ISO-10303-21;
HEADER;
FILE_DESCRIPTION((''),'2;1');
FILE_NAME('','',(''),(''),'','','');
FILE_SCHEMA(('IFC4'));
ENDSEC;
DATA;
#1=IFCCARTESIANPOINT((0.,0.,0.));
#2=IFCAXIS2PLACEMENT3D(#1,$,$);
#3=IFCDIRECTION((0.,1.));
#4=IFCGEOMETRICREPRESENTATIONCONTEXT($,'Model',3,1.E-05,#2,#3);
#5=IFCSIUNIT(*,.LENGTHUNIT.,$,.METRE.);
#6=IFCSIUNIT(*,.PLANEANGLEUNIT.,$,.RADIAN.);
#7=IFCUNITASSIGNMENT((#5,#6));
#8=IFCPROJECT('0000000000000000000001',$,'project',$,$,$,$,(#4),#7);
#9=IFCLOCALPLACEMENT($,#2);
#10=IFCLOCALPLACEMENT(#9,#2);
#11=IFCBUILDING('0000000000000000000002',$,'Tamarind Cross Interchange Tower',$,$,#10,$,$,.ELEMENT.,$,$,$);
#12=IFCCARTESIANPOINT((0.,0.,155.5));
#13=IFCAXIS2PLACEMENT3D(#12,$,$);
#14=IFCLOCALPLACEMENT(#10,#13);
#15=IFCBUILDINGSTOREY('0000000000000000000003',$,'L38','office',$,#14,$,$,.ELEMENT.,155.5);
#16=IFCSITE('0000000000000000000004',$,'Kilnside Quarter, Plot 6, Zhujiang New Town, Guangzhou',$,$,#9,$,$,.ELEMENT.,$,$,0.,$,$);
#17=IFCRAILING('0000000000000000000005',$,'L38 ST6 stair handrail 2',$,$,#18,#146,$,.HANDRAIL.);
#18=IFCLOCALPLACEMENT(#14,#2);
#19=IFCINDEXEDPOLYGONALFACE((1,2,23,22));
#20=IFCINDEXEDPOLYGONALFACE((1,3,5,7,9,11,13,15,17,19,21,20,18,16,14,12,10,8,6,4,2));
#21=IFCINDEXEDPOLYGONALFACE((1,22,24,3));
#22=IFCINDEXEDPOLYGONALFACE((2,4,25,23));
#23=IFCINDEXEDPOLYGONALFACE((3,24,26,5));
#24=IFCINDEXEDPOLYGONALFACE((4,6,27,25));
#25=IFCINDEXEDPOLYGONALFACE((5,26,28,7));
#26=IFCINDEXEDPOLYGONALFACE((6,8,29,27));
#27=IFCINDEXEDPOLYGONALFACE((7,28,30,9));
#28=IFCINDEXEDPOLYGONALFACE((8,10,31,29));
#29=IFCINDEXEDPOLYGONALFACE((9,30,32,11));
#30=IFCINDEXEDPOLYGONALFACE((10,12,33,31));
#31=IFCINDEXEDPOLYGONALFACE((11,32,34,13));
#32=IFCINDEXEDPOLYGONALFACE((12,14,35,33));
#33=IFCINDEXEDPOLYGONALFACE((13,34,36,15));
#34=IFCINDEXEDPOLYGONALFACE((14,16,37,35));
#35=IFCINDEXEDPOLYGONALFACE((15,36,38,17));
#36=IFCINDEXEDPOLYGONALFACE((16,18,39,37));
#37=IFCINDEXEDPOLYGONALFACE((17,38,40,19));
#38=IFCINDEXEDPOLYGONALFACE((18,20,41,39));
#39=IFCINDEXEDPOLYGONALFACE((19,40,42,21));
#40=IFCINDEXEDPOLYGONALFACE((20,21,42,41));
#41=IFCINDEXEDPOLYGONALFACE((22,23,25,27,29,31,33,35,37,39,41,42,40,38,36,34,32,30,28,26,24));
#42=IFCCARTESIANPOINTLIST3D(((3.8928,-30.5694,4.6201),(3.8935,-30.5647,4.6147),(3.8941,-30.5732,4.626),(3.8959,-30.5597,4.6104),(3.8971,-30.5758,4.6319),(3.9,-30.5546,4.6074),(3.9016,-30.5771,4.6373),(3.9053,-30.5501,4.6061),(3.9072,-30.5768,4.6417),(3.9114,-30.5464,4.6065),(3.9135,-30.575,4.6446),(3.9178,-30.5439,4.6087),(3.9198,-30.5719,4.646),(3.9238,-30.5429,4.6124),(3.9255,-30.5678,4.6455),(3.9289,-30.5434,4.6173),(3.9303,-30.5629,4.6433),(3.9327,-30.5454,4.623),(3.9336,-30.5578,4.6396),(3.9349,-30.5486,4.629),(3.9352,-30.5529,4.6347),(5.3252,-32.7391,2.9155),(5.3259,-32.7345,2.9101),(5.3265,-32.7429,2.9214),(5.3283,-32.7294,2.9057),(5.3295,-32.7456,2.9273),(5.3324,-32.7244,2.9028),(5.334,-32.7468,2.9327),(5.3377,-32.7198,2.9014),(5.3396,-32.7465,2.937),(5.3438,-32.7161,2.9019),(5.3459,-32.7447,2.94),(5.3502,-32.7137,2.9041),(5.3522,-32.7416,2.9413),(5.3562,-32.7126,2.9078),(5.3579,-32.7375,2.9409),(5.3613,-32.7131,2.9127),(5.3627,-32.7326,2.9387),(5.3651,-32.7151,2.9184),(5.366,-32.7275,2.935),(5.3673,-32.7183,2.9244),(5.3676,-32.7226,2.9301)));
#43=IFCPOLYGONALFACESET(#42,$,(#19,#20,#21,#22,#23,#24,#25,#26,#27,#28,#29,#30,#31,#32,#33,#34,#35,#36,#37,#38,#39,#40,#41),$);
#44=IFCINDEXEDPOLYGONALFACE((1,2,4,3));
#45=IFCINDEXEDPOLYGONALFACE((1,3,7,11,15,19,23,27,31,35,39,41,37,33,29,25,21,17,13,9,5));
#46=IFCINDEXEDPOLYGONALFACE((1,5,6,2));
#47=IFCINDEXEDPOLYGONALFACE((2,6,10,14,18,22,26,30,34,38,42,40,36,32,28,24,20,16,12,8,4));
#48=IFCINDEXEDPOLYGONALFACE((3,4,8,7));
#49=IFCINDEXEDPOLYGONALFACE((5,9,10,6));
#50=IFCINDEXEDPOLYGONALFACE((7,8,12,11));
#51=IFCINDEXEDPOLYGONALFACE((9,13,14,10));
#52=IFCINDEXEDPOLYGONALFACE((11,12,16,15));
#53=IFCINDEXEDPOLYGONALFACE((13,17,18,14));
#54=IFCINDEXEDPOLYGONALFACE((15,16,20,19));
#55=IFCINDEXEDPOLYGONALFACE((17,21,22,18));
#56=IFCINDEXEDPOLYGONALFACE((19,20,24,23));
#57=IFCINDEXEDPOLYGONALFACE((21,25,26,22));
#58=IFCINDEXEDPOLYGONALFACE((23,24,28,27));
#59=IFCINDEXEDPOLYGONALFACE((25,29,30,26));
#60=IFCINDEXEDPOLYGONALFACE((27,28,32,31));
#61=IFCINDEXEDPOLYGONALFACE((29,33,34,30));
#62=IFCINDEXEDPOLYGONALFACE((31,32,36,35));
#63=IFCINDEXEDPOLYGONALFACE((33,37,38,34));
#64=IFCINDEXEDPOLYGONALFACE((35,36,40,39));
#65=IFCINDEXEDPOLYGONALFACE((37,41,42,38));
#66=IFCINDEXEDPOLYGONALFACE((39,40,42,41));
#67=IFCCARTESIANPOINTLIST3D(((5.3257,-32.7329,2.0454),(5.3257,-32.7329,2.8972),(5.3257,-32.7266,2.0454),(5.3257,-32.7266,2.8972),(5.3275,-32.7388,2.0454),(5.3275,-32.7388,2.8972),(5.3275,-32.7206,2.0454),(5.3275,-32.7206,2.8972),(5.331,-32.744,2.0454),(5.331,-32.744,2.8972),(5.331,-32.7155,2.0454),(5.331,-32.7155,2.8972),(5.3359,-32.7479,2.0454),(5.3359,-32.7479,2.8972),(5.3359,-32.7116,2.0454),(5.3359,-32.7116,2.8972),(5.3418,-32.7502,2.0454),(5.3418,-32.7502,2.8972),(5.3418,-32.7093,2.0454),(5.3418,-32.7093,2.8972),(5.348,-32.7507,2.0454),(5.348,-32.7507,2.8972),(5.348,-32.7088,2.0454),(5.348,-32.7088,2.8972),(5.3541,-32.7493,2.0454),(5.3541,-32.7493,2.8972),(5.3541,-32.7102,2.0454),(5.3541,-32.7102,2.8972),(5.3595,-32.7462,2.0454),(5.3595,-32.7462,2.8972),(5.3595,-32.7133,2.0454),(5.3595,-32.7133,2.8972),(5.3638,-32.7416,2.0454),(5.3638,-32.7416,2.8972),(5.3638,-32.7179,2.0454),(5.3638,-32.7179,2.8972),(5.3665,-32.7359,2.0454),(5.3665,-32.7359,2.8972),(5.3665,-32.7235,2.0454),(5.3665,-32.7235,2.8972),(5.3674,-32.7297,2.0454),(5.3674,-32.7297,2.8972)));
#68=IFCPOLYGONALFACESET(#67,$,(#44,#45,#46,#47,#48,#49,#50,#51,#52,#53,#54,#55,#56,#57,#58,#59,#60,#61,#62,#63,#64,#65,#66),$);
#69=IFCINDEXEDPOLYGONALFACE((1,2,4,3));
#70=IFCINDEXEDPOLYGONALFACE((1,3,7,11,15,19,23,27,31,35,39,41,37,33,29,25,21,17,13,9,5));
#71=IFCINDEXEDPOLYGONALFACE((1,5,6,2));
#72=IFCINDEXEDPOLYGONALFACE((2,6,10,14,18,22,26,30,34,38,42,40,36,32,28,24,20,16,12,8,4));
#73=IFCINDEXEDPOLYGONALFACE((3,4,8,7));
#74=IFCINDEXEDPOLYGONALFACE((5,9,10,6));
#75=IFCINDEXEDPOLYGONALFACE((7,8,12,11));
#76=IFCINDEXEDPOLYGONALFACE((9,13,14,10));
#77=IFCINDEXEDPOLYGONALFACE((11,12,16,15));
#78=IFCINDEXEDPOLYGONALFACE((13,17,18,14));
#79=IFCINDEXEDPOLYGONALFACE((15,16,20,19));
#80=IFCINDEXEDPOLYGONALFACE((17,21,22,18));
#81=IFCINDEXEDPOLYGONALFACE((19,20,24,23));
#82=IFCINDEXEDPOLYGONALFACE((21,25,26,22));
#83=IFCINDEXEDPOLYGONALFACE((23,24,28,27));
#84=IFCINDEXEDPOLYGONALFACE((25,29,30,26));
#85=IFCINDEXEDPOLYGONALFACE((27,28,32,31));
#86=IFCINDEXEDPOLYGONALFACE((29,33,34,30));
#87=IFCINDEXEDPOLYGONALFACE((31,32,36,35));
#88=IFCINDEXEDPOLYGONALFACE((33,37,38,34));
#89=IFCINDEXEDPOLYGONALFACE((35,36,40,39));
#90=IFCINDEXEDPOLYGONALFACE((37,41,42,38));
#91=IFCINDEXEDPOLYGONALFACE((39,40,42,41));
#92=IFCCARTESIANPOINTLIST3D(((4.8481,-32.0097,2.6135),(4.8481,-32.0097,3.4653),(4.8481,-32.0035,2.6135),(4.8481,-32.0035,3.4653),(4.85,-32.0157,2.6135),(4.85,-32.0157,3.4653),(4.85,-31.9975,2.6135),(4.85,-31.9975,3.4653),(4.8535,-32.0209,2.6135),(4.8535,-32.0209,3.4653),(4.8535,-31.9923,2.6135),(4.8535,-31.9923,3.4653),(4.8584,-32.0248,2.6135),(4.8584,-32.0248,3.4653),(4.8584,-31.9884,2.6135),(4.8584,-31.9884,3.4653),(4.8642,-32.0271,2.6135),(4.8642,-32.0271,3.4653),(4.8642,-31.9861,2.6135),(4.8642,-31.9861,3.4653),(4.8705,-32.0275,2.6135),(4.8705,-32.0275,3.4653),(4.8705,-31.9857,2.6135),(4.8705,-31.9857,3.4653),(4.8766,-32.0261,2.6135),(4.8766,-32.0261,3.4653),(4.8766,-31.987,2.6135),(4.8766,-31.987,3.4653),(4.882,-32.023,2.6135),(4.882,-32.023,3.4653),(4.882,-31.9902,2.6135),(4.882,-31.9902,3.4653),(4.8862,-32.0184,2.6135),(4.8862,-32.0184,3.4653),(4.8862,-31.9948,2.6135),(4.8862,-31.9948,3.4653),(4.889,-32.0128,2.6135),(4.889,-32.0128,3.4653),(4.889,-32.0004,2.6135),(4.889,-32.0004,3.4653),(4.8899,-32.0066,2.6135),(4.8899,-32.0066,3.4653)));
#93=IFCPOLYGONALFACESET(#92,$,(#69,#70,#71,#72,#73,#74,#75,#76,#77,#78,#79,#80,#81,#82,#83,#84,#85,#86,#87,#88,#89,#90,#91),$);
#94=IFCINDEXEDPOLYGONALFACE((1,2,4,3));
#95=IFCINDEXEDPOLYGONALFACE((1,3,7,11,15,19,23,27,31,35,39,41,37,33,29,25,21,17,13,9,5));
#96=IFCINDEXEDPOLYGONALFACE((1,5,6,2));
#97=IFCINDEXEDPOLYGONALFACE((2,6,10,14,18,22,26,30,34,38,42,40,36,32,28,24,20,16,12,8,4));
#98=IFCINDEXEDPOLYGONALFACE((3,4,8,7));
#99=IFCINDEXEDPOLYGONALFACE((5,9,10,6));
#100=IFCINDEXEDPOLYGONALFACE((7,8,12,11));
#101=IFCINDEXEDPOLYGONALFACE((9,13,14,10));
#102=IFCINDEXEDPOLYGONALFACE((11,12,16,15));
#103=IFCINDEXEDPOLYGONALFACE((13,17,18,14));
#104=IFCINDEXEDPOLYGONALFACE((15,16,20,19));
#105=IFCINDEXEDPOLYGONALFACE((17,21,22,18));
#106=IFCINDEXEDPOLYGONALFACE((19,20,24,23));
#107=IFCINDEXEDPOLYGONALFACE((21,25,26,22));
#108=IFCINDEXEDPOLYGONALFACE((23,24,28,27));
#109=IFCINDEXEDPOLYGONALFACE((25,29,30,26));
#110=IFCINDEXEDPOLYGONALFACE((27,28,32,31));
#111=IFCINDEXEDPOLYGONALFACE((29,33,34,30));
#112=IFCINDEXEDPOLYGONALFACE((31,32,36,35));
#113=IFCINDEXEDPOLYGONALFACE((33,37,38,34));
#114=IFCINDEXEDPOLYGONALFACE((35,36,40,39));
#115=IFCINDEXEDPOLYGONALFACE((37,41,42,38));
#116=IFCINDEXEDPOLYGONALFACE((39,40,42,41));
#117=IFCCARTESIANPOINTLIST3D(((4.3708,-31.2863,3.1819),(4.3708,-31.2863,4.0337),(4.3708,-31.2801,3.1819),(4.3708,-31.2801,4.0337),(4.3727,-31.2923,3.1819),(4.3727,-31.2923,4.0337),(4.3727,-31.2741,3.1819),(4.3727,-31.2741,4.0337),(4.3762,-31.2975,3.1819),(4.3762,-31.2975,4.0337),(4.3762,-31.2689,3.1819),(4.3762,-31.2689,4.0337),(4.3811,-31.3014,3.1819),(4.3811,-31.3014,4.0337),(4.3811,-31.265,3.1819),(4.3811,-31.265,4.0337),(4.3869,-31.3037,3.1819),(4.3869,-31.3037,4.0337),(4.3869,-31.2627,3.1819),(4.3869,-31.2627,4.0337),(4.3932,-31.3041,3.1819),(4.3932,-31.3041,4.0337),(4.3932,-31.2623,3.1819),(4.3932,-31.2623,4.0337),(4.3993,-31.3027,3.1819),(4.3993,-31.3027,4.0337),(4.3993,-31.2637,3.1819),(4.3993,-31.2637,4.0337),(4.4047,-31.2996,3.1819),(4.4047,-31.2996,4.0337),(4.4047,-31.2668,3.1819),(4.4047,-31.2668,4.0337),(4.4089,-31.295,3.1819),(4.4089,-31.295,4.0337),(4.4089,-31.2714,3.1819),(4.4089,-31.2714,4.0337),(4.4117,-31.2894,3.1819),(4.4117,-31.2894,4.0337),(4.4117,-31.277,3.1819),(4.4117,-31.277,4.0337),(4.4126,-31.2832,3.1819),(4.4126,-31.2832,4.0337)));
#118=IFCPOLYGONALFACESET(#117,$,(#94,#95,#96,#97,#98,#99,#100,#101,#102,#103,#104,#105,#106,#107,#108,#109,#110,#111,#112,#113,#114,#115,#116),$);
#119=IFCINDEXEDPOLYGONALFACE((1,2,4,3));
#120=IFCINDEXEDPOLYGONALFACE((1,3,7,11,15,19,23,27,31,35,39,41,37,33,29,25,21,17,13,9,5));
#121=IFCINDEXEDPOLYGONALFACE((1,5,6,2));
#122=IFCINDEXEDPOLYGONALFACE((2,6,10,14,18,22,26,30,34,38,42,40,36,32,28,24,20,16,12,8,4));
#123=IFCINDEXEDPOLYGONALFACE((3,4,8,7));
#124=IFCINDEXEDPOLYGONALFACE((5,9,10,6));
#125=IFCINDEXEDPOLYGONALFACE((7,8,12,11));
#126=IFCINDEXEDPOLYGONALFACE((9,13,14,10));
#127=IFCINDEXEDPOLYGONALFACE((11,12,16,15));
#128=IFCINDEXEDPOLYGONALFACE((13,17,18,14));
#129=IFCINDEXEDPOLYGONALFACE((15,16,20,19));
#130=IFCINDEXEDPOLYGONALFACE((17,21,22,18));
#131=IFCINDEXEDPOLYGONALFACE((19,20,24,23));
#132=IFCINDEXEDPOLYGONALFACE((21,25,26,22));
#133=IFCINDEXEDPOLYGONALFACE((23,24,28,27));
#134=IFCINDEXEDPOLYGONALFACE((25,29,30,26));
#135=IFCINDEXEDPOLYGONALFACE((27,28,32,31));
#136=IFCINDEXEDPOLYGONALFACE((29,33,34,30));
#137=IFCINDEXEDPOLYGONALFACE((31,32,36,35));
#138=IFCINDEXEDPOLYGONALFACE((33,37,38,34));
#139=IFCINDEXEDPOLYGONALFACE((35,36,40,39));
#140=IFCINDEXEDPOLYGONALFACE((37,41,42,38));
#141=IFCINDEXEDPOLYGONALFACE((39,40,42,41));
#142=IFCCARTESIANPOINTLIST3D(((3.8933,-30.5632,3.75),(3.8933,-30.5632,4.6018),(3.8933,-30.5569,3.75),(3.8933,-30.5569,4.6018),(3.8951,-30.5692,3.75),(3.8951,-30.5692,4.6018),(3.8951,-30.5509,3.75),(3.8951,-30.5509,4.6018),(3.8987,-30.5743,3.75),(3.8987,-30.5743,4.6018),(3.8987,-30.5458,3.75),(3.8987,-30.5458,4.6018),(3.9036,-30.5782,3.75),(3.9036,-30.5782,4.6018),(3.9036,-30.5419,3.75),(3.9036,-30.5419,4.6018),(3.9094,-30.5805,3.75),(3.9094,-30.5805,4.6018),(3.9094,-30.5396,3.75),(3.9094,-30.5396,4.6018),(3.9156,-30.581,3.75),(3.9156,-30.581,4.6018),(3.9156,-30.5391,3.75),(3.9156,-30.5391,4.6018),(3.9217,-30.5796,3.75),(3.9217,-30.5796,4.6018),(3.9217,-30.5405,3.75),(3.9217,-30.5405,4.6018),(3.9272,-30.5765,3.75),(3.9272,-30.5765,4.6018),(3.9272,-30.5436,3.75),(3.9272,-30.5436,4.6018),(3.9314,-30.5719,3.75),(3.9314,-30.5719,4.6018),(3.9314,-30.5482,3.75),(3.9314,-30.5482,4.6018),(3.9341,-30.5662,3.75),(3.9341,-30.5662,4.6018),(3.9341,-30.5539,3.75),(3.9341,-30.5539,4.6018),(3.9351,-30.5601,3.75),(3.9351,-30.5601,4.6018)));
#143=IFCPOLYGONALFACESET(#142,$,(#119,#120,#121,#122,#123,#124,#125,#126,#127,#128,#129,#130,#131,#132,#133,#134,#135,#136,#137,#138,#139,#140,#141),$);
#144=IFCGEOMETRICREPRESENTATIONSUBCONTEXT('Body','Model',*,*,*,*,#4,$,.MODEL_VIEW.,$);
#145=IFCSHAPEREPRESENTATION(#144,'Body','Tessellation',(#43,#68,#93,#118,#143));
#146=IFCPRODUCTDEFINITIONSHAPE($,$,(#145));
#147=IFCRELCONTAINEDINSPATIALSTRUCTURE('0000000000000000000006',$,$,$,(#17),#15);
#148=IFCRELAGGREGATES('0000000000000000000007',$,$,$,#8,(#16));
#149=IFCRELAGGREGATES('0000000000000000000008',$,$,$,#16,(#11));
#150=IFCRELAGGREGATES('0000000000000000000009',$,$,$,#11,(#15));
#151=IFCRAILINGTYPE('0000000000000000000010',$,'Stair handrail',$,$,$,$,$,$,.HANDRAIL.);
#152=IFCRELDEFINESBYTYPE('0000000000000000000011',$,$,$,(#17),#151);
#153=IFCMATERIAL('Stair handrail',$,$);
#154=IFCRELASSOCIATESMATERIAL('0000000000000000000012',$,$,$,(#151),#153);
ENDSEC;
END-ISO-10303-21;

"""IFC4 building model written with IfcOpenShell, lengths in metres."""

from ifc_helpers import new_model, si_unit, direction, frame, origin, origin_2d, place, context, subcontext, project, spatial, circle, extrude, material, type_object, element, save


model = new_model("IFC4")

# Units and contexts
model_context = context("Model", 3, precision=1e-05, world=origin(), true_north=direction((0.0, 1.0)))
body_context = subcontext(model_context, "Body", "Model", "MODEL_VIEW")
ifc_project = project(units=[si_unit("LENGTHUNIT", "METRE"), si_unit("PLANEANGLEUNIT", "RADIAN")], contexts=[model_context])

# Site, building, storey
site_placement = place(None, origin())
site = spatial("IfcSite", under=ifc_project, at=site_placement, Name="Kilnside Quarter, Plot 6, Zhujiang New Town, Guangzhou", CompositionType="ELEMENT", RefElevation=0.0)
building_placement = place(site_placement, origin())
building = spatial("IfcBuilding", under=site, at=building_placement, Name="Tamarind Cross Interchange Tower", CompositionType="ELEMENT")
storey_placement = place(building_placement, frame((0.0, 0.0, 155.5)))
storey = spatial("IfcBuildingStorey", under=building, at=storey_placement, Name="L38", Description="office", CompositionType="ELEMENT", Elevation=155.5)

# Railing
ifc_material_1 = material(Name="Stair handrail")
railing_type_1 = type_object("IfcRailingType", Name="Stair handrail", PredefinedType="HANDRAIL", material=ifc_material_1)
railing_1_placement = place(storey_placement, frame((5.3464, -32.7297, 2.0454)))
element("IfcRailing", 1, at=railing_1_placement, inside=storey, type_object=railing_type_1, Name="L38 ST6 stair handrail 2", PredefinedType="HANDRAIL", context=body_context, shape_type="SweptSolid", body=[
    extrude(circle(Radius=0.0239, at=origin_2d()), frame((0.0, 0.0, 0.876), z_axis=(-0.460744, 0.697908, 0.548306), x_axis=(-0.834541, -0.550946, 0.0)), (0.0, 0.0, 1.0), 3.1089),
    extrude(circle(Radius=0.021, at=origin_2d()), origin(), (0.0, 0.0, 1.0), 0.8518),
    extrude(circle(Radius=0.021, at=origin_2d()), frame((-0.4775, 0.7231, 0.5681)), (0.0, 0.0, 1.0), 0.8518),
    extrude(circle(Radius=0.021, at=origin_2d()), frame((-0.9548, 1.4465, 1.1365)), (0.0, 0.0, 1.0), 0.8518),
    extrude(circle(Radius=0.021, at=origin_2d()), frame((-1.4324, 2.1697, 1.7046)), (0.0, 0.0, 1.0), 0.8518),
])

save(model, "model.ifc")
